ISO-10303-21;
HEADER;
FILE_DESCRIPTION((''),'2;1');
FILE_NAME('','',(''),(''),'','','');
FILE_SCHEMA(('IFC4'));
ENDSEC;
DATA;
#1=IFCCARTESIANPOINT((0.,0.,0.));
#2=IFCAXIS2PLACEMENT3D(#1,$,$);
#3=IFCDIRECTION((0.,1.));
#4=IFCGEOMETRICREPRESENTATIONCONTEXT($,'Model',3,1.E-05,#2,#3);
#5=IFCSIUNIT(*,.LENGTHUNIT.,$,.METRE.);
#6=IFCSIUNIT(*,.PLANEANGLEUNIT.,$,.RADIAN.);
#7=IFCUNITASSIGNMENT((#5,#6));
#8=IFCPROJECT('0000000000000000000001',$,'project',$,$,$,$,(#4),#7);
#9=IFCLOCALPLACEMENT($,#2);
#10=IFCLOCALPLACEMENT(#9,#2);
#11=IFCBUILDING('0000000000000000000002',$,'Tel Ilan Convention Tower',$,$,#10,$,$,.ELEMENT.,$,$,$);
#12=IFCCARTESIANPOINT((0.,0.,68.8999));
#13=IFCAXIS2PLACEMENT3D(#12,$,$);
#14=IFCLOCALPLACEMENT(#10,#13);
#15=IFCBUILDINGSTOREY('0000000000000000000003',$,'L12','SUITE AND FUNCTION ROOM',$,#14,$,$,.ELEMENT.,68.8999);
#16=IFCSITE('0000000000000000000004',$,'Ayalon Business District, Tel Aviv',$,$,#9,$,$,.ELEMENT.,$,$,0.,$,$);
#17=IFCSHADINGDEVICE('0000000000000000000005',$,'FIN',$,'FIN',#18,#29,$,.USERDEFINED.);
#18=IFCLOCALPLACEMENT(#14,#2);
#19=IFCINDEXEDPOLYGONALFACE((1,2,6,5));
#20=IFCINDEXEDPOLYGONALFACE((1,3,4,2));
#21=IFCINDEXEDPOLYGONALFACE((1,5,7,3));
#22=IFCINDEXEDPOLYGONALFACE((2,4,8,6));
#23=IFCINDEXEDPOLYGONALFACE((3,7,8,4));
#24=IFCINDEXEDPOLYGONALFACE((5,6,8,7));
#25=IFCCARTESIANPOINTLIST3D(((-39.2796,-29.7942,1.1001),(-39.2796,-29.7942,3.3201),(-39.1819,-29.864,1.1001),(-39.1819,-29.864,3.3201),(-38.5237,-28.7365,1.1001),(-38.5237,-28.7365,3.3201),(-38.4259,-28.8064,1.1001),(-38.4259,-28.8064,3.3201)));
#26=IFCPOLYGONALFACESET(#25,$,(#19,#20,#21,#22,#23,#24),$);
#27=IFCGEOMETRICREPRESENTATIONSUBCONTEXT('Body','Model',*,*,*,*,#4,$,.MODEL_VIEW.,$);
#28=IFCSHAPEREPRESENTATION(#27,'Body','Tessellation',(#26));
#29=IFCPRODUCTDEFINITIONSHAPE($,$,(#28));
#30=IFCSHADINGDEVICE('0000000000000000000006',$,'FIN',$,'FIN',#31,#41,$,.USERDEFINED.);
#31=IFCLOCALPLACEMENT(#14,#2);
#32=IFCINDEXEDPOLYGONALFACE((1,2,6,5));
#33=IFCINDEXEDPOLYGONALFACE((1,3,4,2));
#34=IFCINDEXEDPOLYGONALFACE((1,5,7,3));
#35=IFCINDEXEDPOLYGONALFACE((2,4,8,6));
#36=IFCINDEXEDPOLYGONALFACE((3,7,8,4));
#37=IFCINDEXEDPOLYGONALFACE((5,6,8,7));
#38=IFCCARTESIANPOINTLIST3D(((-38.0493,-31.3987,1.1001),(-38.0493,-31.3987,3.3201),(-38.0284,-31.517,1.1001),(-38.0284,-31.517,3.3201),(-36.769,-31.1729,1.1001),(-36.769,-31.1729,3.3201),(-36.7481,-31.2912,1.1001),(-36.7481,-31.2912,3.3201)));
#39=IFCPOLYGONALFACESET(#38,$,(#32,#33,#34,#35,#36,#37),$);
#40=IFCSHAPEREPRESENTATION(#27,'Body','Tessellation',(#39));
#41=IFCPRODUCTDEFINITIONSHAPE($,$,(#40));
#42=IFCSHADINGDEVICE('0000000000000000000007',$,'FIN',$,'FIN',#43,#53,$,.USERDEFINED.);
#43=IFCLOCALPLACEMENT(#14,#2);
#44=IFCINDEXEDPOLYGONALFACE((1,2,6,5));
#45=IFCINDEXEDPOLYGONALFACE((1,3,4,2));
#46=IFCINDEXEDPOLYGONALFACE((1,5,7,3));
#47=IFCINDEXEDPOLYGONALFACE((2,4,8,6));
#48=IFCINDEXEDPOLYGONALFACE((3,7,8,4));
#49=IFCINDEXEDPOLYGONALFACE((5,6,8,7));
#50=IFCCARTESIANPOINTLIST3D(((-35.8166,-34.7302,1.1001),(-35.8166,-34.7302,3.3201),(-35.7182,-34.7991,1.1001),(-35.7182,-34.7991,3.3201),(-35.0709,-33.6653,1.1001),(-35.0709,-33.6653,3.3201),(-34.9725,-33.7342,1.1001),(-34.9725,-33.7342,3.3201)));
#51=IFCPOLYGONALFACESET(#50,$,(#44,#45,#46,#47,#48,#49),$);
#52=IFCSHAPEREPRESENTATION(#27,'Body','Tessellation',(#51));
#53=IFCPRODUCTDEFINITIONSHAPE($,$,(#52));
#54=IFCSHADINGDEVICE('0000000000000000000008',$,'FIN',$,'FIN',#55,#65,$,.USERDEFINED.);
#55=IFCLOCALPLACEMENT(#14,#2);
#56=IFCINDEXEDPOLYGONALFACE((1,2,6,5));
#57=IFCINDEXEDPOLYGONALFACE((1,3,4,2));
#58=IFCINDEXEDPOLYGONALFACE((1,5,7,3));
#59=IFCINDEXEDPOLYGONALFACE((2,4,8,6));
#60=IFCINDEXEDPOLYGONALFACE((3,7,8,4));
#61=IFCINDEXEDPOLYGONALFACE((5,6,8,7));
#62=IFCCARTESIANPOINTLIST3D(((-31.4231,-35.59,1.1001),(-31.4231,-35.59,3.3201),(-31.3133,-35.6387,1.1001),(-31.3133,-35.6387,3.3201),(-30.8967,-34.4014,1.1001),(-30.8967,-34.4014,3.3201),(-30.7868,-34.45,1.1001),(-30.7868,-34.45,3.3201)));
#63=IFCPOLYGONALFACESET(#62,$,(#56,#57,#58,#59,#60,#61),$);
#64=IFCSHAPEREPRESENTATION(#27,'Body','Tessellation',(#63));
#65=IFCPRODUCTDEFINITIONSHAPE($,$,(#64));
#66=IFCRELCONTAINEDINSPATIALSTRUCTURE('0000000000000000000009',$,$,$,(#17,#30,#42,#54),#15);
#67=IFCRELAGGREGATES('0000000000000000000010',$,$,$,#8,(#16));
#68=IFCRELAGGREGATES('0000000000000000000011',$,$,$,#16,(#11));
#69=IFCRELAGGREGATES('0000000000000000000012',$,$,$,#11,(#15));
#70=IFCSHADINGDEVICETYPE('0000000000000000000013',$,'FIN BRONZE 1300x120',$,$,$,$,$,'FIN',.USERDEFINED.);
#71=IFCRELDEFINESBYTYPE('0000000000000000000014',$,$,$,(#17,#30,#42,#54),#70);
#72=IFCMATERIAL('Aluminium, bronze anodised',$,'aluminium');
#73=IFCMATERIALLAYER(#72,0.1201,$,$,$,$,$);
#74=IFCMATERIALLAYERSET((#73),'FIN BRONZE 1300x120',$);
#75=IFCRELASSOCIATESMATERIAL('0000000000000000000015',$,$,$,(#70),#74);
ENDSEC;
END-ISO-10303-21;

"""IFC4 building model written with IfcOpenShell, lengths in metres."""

from ifc_helpers import new_model, si_unit, direction, frame, origin, origin_2d, place, context, subcontext, project, spatial, rectangle, extrude, material, layer, layer_set, type_object, element, save


model = new_model("IFC4")

# Units and contexts
model_context = context("Model", 3, precision=1e-05, world=origin(), true_north=direction((0.0, 1.0)))
body_context = subcontext(model_context, "Body", "Model", "MODEL_VIEW")
ifc_project = project(units=[si_unit("LENGTHUNIT", "METRE"), si_unit("PLANEANGLEUNIT", "RADIAN")], contexts=[model_context])

# Site, building, storey
site_placement = place(None, origin())
site = spatial("IfcSite", under=ifc_project, at=site_placement, Name="Ayalon Business District, Tel Aviv", CompositionType="ELEMENT", RefElevation=0.0)
building_placement = place(site_placement, origin())
building = spatial("IfcBuilding", under=site, at=building_placement, Name="Tel Ilan Convention Tower", CompositionType="ELEMENT")
storey_placement = place(building_placement, frame((0.0, 0.0, 68.8999)))
storey = spatial("IfcBuildingStorey", under=building, at=storey_placement, Name="L12", Description="SUITE AND FUNCTION ROOM", CompositionType="ELEMENT", Elevation=68.8999)

# Shading devices
ifc_material_1 = material(Name="Aluminium, bronze anodised", Category="aluminium")
ifc_layer_1 = layer(ifc_material_1, 0.1201)
ifc_layer_set_1 = layer_set([ifc_layer_1], Name="FIN BRONZE 1300x120")
shading_device_type = type_object("IfcShadingDeviceType", Name="FIN BRONZE 1300x120", ElementType="FIN", PredefinedType="USERDEFINED", material=ifc_layer_set_1)
for number, where, z_axis, x_axis, name in (
    (1, (-38.8528, -29.3003, 1.1001), (0.0, 0.0, 1.0), (-0.581492, -0.813552, 0.0), "FIN"),
    (2, (-37.3987, -31.345, 1.1001), (0.0, 0.0, 1.0), (-0.984808, -0.173648, 0.0), "FIN"),
    (3, (-35.3945, -34.2322, 1.1001), (0.0, 0.0, 1.0), (-0.573576, -0.819152, 0.0), "FIN"),
    (4, (-31.105, -35.02, 1.1001), (0.0, 0.0, 1.0), (-0.404964, -0.914333, 0.0), "FIN"),
):
    element("IfcShadingDevice", number, at=place(storey_placement, frame(where, z_axis=z_axis, x_axis=x_axis)), inside=storey, type_object=shading_device_type, Name=name, ObjectType="FIN", PredefinedType="USERDEFINED", context=body_context, shape_type="SweptSolid", body=[
        extrude(rectangle(XDim=1.3, YDim=0.1201, at=origin_2d()), origin(), (0.0, 0.0, 1.0), 2.22),
    ])

save(model, "model.ifc")
